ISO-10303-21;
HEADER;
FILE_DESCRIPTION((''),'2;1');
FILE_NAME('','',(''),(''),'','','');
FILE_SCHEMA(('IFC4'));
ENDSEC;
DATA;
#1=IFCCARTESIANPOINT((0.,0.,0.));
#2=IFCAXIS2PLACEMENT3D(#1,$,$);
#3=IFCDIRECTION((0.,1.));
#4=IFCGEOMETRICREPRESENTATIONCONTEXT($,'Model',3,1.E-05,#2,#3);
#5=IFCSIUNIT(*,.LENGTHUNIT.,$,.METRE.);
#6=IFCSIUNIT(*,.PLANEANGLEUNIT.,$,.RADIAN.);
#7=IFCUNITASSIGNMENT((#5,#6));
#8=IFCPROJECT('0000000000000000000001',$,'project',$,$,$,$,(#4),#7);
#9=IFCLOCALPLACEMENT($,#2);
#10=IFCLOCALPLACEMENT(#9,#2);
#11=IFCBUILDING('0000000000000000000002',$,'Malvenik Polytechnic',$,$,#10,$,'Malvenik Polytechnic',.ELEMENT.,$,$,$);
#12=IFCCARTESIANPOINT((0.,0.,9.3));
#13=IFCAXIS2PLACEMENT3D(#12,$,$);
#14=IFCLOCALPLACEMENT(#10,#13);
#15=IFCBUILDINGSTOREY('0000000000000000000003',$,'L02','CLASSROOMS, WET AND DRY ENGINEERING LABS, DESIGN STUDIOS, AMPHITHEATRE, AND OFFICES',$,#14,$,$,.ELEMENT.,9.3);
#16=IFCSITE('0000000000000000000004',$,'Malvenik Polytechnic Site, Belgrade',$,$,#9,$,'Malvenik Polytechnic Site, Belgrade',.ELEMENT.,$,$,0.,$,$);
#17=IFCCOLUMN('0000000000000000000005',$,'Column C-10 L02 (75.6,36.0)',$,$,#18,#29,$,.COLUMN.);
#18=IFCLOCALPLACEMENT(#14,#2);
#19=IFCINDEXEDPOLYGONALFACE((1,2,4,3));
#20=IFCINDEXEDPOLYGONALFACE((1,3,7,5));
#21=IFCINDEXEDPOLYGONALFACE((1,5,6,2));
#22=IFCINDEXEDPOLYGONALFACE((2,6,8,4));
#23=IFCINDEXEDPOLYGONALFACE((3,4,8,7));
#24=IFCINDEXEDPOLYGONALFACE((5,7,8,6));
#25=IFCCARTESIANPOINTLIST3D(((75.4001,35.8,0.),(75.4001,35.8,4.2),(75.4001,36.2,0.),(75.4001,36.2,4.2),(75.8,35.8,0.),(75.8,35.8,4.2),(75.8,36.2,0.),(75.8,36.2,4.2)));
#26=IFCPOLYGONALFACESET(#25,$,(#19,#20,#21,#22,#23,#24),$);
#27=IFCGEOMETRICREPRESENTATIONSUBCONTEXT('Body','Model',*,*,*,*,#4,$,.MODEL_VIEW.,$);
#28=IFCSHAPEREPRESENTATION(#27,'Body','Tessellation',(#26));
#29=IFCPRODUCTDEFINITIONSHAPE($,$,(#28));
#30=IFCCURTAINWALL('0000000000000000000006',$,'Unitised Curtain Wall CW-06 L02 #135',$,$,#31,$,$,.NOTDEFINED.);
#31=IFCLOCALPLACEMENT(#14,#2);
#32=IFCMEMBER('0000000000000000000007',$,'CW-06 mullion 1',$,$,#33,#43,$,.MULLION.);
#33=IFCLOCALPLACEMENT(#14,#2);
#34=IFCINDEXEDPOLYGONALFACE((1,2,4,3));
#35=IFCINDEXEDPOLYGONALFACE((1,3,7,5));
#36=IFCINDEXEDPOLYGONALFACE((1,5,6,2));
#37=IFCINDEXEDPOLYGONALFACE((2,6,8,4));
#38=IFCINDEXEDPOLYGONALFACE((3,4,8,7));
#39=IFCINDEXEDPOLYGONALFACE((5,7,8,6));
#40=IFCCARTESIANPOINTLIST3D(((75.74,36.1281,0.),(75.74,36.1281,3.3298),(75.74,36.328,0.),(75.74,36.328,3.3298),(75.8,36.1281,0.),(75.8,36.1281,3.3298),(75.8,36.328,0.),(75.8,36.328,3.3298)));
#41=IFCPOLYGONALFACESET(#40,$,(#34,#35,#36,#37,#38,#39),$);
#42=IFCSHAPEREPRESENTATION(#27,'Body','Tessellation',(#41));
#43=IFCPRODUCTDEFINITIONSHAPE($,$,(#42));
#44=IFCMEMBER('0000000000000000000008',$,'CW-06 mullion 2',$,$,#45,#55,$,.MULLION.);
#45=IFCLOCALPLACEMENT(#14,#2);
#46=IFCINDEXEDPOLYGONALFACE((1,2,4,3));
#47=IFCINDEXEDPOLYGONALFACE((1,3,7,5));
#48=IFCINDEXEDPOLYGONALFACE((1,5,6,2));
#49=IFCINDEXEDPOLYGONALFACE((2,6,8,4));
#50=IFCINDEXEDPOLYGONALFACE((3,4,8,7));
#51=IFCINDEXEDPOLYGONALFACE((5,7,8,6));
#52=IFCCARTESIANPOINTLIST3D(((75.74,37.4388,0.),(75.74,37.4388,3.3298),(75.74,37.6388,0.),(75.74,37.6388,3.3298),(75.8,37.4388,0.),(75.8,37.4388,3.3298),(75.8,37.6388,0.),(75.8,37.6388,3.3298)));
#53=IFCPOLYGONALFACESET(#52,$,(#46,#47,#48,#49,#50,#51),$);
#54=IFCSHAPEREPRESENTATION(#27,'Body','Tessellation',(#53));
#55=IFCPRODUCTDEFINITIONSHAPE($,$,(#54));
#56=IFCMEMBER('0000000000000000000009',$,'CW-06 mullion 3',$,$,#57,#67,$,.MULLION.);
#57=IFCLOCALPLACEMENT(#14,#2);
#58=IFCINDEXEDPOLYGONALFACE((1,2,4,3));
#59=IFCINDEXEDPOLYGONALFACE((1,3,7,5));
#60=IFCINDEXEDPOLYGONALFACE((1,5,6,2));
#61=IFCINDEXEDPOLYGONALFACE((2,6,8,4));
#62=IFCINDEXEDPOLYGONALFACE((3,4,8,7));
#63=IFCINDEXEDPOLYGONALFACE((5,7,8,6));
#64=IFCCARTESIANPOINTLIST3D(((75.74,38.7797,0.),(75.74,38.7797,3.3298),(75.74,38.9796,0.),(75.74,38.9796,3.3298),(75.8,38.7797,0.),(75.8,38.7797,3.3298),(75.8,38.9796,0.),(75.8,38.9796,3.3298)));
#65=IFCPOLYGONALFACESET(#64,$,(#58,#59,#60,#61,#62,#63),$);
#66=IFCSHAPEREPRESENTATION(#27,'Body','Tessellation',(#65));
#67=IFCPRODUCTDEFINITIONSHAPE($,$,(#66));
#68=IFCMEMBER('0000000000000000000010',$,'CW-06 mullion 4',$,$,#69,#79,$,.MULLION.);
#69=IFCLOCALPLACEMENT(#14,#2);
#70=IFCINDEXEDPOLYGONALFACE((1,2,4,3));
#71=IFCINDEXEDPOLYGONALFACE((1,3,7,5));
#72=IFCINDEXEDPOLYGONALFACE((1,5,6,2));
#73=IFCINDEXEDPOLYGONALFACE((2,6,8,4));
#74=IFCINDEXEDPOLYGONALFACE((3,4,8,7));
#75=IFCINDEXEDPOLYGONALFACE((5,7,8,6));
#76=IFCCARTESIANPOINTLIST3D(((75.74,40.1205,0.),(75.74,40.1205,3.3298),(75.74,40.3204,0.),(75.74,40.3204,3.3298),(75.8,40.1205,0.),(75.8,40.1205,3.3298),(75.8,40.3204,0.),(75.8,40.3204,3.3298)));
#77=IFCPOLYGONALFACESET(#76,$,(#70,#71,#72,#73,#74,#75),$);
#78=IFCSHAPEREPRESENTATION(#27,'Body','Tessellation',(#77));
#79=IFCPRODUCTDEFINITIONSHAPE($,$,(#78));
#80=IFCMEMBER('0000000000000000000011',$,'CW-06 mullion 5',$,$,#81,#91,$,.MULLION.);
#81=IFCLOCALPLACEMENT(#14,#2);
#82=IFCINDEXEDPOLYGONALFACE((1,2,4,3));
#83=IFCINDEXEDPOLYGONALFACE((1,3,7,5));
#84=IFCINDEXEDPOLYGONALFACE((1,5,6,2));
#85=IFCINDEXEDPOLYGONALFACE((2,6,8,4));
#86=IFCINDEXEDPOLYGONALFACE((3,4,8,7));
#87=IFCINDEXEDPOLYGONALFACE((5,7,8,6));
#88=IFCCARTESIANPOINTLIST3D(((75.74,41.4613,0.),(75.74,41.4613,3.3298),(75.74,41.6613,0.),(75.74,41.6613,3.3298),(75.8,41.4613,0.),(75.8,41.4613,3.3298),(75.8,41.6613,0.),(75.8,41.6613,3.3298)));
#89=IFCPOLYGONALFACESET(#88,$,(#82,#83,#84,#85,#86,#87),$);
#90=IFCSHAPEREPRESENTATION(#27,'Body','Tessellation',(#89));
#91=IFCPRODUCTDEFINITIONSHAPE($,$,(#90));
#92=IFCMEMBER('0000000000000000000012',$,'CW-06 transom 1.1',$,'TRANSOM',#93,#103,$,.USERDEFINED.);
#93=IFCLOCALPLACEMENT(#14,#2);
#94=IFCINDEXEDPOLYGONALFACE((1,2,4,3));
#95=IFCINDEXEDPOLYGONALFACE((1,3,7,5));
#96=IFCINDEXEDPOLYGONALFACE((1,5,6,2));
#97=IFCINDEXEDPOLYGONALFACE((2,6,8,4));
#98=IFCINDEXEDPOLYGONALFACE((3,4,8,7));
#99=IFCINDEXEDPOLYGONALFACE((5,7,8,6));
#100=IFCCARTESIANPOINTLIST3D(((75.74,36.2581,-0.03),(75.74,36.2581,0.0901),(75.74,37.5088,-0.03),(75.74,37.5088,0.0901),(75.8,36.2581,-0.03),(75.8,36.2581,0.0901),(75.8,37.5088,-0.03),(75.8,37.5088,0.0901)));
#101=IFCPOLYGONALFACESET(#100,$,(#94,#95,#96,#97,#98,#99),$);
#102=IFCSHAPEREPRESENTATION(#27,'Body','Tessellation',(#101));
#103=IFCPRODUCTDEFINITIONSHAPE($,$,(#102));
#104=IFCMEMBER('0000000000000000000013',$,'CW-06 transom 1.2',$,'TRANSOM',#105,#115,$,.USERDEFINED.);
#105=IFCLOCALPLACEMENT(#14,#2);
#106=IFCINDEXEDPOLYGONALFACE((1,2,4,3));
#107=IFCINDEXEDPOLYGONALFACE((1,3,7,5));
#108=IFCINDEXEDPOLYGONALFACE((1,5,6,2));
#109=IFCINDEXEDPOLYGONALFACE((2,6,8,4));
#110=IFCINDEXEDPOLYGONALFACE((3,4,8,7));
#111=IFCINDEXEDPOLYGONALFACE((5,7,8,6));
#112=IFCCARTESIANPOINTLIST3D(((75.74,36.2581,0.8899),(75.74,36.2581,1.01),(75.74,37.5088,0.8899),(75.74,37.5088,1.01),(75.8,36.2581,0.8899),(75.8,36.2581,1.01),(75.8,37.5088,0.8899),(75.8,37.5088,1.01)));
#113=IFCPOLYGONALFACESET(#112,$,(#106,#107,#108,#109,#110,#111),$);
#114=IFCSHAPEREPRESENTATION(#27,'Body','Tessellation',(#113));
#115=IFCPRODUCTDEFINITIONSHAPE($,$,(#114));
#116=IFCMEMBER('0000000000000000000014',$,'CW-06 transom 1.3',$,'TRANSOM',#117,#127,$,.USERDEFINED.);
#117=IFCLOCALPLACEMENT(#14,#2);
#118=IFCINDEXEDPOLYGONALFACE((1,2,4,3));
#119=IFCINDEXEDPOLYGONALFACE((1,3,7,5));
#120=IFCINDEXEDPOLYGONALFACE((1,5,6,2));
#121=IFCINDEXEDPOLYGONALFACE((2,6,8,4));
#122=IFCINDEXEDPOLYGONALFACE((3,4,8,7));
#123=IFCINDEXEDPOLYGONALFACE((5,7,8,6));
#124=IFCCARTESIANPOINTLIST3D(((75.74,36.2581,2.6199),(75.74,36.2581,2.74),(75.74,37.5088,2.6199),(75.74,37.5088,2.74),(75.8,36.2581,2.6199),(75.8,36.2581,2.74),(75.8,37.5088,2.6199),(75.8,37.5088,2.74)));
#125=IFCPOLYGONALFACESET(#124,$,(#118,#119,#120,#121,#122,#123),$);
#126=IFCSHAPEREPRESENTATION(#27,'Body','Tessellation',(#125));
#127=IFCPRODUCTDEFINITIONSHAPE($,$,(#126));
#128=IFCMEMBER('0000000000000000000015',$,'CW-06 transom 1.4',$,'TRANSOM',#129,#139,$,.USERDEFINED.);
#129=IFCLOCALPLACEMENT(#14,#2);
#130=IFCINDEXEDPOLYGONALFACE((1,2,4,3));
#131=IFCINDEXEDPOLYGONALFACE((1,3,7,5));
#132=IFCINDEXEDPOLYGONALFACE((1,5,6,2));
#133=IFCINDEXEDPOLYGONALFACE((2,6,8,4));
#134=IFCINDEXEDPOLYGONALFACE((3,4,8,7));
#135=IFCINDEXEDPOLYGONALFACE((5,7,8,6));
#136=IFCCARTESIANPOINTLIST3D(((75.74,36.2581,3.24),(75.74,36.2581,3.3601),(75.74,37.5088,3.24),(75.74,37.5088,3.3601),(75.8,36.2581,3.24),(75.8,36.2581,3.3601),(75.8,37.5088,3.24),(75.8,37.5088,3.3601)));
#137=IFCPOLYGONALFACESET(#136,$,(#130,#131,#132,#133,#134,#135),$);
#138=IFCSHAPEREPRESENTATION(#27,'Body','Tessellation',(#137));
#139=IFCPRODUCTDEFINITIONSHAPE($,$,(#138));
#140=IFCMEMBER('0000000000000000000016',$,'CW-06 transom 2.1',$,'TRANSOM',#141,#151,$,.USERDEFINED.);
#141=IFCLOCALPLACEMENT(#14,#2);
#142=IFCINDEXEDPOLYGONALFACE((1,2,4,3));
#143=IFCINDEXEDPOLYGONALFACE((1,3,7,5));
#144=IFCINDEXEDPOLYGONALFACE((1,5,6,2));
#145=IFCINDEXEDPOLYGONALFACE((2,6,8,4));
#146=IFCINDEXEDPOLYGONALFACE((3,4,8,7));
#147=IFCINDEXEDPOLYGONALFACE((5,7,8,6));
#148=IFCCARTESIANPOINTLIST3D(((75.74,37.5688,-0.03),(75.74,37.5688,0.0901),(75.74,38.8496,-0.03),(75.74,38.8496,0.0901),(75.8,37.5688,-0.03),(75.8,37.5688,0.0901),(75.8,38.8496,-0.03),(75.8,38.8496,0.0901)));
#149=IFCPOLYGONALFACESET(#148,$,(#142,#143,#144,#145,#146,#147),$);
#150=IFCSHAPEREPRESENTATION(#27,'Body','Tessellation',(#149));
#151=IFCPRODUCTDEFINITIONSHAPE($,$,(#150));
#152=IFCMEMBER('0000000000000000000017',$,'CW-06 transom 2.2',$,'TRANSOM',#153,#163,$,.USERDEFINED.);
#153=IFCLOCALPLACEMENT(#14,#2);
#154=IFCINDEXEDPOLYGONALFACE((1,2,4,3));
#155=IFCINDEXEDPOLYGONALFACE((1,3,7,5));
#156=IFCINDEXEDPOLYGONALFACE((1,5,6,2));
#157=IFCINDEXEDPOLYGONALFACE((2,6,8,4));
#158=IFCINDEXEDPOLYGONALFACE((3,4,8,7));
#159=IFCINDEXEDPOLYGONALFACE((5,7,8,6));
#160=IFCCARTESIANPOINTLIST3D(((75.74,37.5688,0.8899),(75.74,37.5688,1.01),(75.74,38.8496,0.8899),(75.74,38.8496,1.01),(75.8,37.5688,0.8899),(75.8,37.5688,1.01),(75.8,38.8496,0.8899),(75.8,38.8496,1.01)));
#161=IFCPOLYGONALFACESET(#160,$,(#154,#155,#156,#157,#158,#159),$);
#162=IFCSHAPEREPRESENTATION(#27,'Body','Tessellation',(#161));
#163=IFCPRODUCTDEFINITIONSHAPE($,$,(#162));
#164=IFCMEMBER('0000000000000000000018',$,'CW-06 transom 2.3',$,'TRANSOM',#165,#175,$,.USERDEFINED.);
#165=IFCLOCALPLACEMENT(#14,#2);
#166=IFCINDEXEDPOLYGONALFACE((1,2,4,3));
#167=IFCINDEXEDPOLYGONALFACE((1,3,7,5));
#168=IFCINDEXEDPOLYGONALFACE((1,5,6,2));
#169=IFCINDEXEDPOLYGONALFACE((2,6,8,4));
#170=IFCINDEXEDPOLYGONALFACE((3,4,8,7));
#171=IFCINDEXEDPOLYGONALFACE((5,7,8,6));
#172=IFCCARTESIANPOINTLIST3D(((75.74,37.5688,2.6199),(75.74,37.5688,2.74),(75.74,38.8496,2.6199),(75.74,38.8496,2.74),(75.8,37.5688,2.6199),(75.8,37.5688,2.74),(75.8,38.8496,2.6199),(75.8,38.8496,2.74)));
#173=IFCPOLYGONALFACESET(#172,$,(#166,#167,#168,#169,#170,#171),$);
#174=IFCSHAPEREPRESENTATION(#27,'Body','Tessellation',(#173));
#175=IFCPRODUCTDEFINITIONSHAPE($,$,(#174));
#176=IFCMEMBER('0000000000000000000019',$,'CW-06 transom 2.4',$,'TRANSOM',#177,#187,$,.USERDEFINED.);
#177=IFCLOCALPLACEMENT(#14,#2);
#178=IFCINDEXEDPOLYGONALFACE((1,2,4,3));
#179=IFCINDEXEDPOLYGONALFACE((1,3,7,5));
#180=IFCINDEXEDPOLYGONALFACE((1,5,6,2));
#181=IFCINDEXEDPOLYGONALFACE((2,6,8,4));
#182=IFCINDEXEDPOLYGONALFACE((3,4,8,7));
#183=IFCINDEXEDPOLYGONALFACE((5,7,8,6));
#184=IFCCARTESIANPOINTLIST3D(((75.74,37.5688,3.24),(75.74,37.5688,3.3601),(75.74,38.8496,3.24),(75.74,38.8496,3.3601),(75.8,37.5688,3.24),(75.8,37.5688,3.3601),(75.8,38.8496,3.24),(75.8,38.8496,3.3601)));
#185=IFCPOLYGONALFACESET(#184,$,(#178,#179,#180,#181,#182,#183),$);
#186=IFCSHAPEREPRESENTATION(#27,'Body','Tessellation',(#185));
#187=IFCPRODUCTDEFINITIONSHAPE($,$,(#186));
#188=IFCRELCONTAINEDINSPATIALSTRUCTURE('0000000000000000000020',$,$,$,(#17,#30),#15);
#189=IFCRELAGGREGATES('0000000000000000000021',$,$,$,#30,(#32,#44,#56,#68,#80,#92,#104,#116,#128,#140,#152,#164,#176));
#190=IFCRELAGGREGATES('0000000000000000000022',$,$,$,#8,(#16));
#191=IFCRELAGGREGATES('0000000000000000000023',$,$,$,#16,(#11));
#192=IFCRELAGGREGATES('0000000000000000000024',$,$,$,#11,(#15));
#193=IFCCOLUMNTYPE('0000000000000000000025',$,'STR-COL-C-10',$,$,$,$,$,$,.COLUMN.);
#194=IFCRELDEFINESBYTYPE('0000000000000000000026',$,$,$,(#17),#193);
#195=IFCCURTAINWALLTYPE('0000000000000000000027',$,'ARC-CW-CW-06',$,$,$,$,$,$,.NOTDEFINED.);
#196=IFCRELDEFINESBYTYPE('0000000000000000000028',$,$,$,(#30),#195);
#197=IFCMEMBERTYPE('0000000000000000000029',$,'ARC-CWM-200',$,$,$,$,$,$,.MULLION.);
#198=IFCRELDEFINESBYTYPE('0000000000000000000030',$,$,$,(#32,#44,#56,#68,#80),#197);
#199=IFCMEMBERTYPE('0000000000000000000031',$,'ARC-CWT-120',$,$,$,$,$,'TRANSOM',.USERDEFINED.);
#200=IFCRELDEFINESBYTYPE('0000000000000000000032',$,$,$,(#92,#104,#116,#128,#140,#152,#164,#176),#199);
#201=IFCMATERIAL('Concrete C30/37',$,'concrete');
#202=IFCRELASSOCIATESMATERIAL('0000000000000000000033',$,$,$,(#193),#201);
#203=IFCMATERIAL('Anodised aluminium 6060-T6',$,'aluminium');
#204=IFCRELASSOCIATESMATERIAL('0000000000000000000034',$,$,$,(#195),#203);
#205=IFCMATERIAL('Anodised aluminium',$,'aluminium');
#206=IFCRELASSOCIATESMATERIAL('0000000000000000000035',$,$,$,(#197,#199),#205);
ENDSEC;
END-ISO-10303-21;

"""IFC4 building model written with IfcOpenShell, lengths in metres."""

from ifc_helpers import new_model, si_unit, direction, frame, origin, origin_2d, place, context, subcontext, project, spatial, rectangle, extrude, material, material_profile, profile_set, type_object, element, aggregate, save


model = new_model("IFC4")

# Units and contexts
model_context = context("Model", 3, precision=1e-05, world=origin(), true_north=direction((0.0, 1.0)))
body_context = subcontext(model_context, "Body", "Model", "MODEL_VIEW")
ifc_project = project(units=[si_unit("LENGTHUNIT", "METRE"), si_unit("PLANEANGLEUNIT", "RADIAN")], contexts=[model_context])

# Site, building, storey
site_placement = place(None, origin())
site = spatial("IfcSite", under=ifc_project, at=site_placement, Name="Malvenik Polytechnic Site, Belgrade", LongName="Malvenik Polytechnic Site, Belgrade", CompositionType="ELEMENT", RefElevation=0.0)
building_placement = place(site_placement, origin())
building = spatial("IfcBuilding", under=site, at=building_placement, Name="Malvenik Polytechnic", LongName="Malvenik Polytechnic", CompositionType="ELEMENT")
storey_placement = place(building_placement, frame((0.0, 0.0, 9.3)))
storey = spatial("IfcBuildingStorey", under=building, at=storey_placement, Name="L02", Description="CLASSROOMS, WET AND DRY ENGINEERING LABS, DESIGN STUDIOS, AMPHITHEATRE, AND OFFICES", CompositionType="ELEMENT", Elevation=9.3)

# Column
ifc_material_1 = material(Name="Concrete C30/37", Category="concrete")
ifc_material_profile_1 = material_profile(ifc_material_1, rectangle(XDim=0.3999, YDim=0.3999, at=origin_2d()), Name="RC COL 400x400")
ifc_profile_set_1 = profile_set([ifc_material_profile_1], Name="Concrete C30/37")
column_type = type_object("IfcColumnType", Name="STR-COL-C-10", PredefinedType="COLUMN", material=ifc_profile_set_1)
column_placement = place(storey_placement, frame((75.6001, 36.0, 0.0), z_axis=(0.0, 0.0, 1.0), x_axis=(1.0, 0.0, 0.0)))
element("IfcColumn", 1, at=column_placement, inside=storey, type_object=column_type, Name="Column C-10 L02 (75.6,36.0)", PredefinedType="COLUMN", context=body_context, shape_type="SweptSolid", body=[
    extrude(rectangle(XDim=0.3999, YDim=0.3999, at=origin_2d()), origin(), (0.0, 0.0, 1.0), 4.2),
])

# Curtain wall, members
ifc_material_2 = material(Name="Anodised aluminium 6060-T6", Category="aluminium")
curtain_wall_type = type_object("IfcCurtainWallType", Name="ARC-CW-CW-06", PredefinedType="NOTDEFINED", material=ifc_material_2)
curtain_wall_placement = place(storey_placement, origin())
curtain_wall = element("IfcCurtainWall", 2, at=curtain_wall_placement, inside=storey, type_object=curtain_wall_type, Name="Unitised Curtain Wall CW-06 L02 #135", PredefinedType="NOTDEFINED")
ifc_material_3 = material(Name="Anodised aluminium", Category="aluminium")
ifc_material_profile_2 = material_profile(ifc_material_3, rectangle(XDim=0.0601, YDim=0.2, at=origin_2d()), Name="ALU MULLION 60x200")
ifc_profile_set_2 = profile_set([ifc_material_profile_2], Name="Anodised aluminium")
member_type_1 = type_object("IfcMemberType", Name="ARC-CWM-200", PredefinedType="MULLION", material=ifc_profile_set_2)
member_1_placement = place(storey_placement, frame((75.77, 36.228, 0.0), z_axis=(0.0, 0.0, 1.0), x_axis=(-1.0, 0.0, 0.0)))
member_1 = element("IfcMember", 3, at=member_1_placement, type_object=member_type_1, Name="CW-06 mullion 1", PredefinedType="MULLION", context=body_context, shape_type="SweptSolid", body=[
    extrude(rectangle(XDim=0.0601, YDim=0.2, at=origin_2d()), origin(), (0.0, 0.0, 1.0), 3.3298),
])
member_2_placement = place(storey_placement, frame((75.77, 37.5388, 0.0), z_axis=(0.0, 0.0, 1.0), x_axis=(-1.0, 0.0, 0.0)))
member_2 = element("IfcMember", 4, at=member_2_placement, type_object=member_type_1, Name="CW-06 mullion 2", PredefinedType="MULLION", context=body_context, shape_type="SweptSolid", body=[
    extrude(rectangle(XDim=0.0601, YDim=0.2, at=origin_2d()), origin(), (0.0, 0.0, 1.0), 3.3298),
])
member_3_placement = place(storey_placement, frame((75.77, 38.8796, 0.0), z_axis=(0.0, 0.0, 1.0), x_axis=(-1.0, 0.0, 0.0)))
member_3 = element("IfcMember", 5, at=member_3_placement, type_object=member_type_1, Name="CW-06 mullion 3", PredefinedType="MULLION", context=body_context, shape_type="SweptSolid", body=[
    extrude(rectangle(XDim=0.0601, YDim=0.2, at=origin_2d()), origin(), (0.0, 0.0, 1.0), 3.3298),
])
member_4_placement = place(storey_placement, frame((75.77, 40.2205, 0.0), z_axis=(0.0, 0.0, 1.0), x_axis=(-1.0, 0.0, 0.0)))
member_4 = element("IfcMember", 6, at=member_4_placement, type_object=member_type_1, Name="CW-06 mullion 4", PredefinedType="MULLION", context=body_context, shape_type="SweptSolid", body=[
    extrude(rectangle(XDim=0.0601, YDim=0.2, at=origin_2d()), origin(), (0.0, 0.0, 1.0), 3.3298),
])
member_5_placement = place(storey_placement, frame((75.77, 41.5613, 0.0), z_axis=(0.0, 0.0, 1.0), x_axis=(-1.0, 0.0, 0.0)))
member_5 = element("IfcMember", 7, at=member_5_placement, type_object=member_type_1, Name="CW-06 mullion 5", PredefinedType="MULLION", context=body_context, shape_type="SweptSolid", body=[
    extrude(rectangle(XDim=0.0601, YDim=0.2, at=origin_2d()), origin(), (0.0, 0.0, 1.0), 3.3298),
])
ifc_material_profile_3 = material_profile(ifc_material_3, rectangle(XDim=0.0601, YDim=0.1201, at=origin_2d()), Name="ALU TRANSOM 60x120")
ifc_profile_set_3 = profile_set([ifc_material_profile_3], Name="Anodised aluminium")
member_type_2 = type_object("IfcMemberType", Name="ARC-CWT-120", ElementType="TRANSOM", PredefinedType="USERDEFINED", material=ifc_profile_set_3)
member_6_placement = place(storey_placement, frame((75.77, 36.2581, 0.03), z_axis=(0.0, 1.0, 0.0), x_axis=(-1.0, 0.0, 0.0)))
member_6 = element("IfcMember", 8, at=member_6_placement, type_object=member_type_2, Name="CW-06 transom 1.1", ObjectType="TRANSOM", PredefinedType="USERDEFINED", context=body_context, shape_type="SweptSolid", body=[
    extrude(rectangle(XDim=0.0601, YDim=0.1201, at=origin_2d()), origin(), (0.0, 0.0, 1.0), 1.2507),
])
member_7_placement = place(storey_placement, frame((75.77, 36.2581, 0.95), z_axis=(0.0, 1.0, 0.0), x_axis=(-1.0, 0.0, 0.0)))
member_7 = element("IfcMember", 9, at=member_7_placement, type_object=member_type_2, Name="CW-06 transom 1.2", ObjectType="TRANSOM", PredefinedType="USERDEFINED", context=body_context, shape_type="SweptSolid", body=[
    extrude(rectangle(XDim=0.0601, YDim=0.1201, at=origin_2d()), origin(), (0.0, 0.0, 1.0), 1.2507),
])
member_8_placement = place(storey_placement, frame((75.77, 36.2581, 2.6799), z_axis=(0.0, 1.0, 0.0), x_axis=(-1.0, 0.0, 0.0)))
member_8 = element("IfcMember", 10, at=member_8_placement, type_object=member_type_2, Name="CW-06 transom 1.3", ObjectType="TRANSOM", PredefinedType="USERDEFINED", context=body_context, shape_type="SweptSolid", body=[
    extrude(rectangle(XDim=0.0601, YDim=0.1201, at=origin_2d()), origin(), (0.0, 0.0, 1.0), 1.2507),
])
member_9_placement = place(storey_placement, frame((75.77, 36.2581, 3.3), z_axis=(0.0, 1.0, 0.0), x_axis=(-1.0, 0.0, 0.0)))
member_9 = element("IfcMember", 11, at=member_9_placement, type_object=member_type_2, Name="CW-06 transom 1.4", ObjectType="TRANSOM", PredefinedType="USERDEFINED", context=body_context, shape_type="SweptSolid", body=[
    extrude(rectangle(XDim=0.0601, YDim=0.1201, at=origin_2d()), origin(), (0.0, 0.0, 1.0), 1.2507),
])
member_10_placement = place(storey_placement, frame((75.77, 37.5688, 0.03), z_axis=(0.0, 1.0, 0.0), x_axis=(-1.0, 0.0, 0.0)))
member_10 = element("IfcMember", 12, at=member_10_placement, type_object=member_type_2, Name="CW-06 transom 2.1", ObjectType="TRANSOM", PredefinedType="USERDEFINED", context=body_context, shape_type="SweptSolid", body=[
    extrude(rectangle(XDim=0.0601, YDim=0.1201, at=origin_2d()), origin(), (0.0, 0.0, 1.0), 1.2808),
])
member_11_placement = place(storey_placement, frame((75.77, 37.5688, 0.95), z_axis=(0.0, 1.0, 0.0), x_axis=(-1.0, 0.0, 0.0)))
member_11 = element("IfcMember", 13, at=member_11_placement, type_object=member_type_2, Name="CW-06 transom 2.2", ObjectType="TRANSOM", PredefinedType="USERDEFINED", context=body_context, shape_type="SweptSolid", body=[
    extrude(rectangle(XDim=0.0601, YDim=0.1201, at=origin_2d()), origin(), (0.0, 0.0, 1.0), 1.2808),
])
member_12_placement = place(storey_placement, frame((75.77, 37.5688, 2.6799), z_axis=(0.0, 1.0, 0.0), x_axis=(-1.0, 0.0, 0.0)))
member_12 = element("IfcMember", 14, at=member_12_placement, type_object=member_type_2, Name="CW-06 transom 2.3", ObjectType="TRANSOM", PredefinedType="USERDEFINED", context=body_context, shape_type="SweptSolid", body=[
    extrude(rectangle(XDim=0.0601, YDim=0.1201, at=origin_2d()), origin(), (0.0, 0.0, 1.0), 1.2808),
])
member_13_placement = place(storey_placement, frame((75.77, 37.5688, 3.3), z_axis=(0.0, 1.0, 0.0), x_axis=(-1.0, 0.0, 0.0)))
member_13 = element("IfcMember", 15, at=member_13_placement, type_object=member_type_2, Name="CW-06 transom 2.4", ObjectType="TRANSOM", PredefinedType="USERDEFINED", context=body_context, shape_type="SweptSolid", body=[
    extrude(rectangle(XDim=0.0601, YDim=0.1201, at=origin_2d()), origin(), (0.0, 0.0, 1.0), 1.2808),
])

aggregate(curtain_wall, [member_1, member_2, member_3, member_4, member_5, member_6, member_7, member_8, member_9, member_10, member_11, member_12, member_13])

save(model, "model.ifc")
